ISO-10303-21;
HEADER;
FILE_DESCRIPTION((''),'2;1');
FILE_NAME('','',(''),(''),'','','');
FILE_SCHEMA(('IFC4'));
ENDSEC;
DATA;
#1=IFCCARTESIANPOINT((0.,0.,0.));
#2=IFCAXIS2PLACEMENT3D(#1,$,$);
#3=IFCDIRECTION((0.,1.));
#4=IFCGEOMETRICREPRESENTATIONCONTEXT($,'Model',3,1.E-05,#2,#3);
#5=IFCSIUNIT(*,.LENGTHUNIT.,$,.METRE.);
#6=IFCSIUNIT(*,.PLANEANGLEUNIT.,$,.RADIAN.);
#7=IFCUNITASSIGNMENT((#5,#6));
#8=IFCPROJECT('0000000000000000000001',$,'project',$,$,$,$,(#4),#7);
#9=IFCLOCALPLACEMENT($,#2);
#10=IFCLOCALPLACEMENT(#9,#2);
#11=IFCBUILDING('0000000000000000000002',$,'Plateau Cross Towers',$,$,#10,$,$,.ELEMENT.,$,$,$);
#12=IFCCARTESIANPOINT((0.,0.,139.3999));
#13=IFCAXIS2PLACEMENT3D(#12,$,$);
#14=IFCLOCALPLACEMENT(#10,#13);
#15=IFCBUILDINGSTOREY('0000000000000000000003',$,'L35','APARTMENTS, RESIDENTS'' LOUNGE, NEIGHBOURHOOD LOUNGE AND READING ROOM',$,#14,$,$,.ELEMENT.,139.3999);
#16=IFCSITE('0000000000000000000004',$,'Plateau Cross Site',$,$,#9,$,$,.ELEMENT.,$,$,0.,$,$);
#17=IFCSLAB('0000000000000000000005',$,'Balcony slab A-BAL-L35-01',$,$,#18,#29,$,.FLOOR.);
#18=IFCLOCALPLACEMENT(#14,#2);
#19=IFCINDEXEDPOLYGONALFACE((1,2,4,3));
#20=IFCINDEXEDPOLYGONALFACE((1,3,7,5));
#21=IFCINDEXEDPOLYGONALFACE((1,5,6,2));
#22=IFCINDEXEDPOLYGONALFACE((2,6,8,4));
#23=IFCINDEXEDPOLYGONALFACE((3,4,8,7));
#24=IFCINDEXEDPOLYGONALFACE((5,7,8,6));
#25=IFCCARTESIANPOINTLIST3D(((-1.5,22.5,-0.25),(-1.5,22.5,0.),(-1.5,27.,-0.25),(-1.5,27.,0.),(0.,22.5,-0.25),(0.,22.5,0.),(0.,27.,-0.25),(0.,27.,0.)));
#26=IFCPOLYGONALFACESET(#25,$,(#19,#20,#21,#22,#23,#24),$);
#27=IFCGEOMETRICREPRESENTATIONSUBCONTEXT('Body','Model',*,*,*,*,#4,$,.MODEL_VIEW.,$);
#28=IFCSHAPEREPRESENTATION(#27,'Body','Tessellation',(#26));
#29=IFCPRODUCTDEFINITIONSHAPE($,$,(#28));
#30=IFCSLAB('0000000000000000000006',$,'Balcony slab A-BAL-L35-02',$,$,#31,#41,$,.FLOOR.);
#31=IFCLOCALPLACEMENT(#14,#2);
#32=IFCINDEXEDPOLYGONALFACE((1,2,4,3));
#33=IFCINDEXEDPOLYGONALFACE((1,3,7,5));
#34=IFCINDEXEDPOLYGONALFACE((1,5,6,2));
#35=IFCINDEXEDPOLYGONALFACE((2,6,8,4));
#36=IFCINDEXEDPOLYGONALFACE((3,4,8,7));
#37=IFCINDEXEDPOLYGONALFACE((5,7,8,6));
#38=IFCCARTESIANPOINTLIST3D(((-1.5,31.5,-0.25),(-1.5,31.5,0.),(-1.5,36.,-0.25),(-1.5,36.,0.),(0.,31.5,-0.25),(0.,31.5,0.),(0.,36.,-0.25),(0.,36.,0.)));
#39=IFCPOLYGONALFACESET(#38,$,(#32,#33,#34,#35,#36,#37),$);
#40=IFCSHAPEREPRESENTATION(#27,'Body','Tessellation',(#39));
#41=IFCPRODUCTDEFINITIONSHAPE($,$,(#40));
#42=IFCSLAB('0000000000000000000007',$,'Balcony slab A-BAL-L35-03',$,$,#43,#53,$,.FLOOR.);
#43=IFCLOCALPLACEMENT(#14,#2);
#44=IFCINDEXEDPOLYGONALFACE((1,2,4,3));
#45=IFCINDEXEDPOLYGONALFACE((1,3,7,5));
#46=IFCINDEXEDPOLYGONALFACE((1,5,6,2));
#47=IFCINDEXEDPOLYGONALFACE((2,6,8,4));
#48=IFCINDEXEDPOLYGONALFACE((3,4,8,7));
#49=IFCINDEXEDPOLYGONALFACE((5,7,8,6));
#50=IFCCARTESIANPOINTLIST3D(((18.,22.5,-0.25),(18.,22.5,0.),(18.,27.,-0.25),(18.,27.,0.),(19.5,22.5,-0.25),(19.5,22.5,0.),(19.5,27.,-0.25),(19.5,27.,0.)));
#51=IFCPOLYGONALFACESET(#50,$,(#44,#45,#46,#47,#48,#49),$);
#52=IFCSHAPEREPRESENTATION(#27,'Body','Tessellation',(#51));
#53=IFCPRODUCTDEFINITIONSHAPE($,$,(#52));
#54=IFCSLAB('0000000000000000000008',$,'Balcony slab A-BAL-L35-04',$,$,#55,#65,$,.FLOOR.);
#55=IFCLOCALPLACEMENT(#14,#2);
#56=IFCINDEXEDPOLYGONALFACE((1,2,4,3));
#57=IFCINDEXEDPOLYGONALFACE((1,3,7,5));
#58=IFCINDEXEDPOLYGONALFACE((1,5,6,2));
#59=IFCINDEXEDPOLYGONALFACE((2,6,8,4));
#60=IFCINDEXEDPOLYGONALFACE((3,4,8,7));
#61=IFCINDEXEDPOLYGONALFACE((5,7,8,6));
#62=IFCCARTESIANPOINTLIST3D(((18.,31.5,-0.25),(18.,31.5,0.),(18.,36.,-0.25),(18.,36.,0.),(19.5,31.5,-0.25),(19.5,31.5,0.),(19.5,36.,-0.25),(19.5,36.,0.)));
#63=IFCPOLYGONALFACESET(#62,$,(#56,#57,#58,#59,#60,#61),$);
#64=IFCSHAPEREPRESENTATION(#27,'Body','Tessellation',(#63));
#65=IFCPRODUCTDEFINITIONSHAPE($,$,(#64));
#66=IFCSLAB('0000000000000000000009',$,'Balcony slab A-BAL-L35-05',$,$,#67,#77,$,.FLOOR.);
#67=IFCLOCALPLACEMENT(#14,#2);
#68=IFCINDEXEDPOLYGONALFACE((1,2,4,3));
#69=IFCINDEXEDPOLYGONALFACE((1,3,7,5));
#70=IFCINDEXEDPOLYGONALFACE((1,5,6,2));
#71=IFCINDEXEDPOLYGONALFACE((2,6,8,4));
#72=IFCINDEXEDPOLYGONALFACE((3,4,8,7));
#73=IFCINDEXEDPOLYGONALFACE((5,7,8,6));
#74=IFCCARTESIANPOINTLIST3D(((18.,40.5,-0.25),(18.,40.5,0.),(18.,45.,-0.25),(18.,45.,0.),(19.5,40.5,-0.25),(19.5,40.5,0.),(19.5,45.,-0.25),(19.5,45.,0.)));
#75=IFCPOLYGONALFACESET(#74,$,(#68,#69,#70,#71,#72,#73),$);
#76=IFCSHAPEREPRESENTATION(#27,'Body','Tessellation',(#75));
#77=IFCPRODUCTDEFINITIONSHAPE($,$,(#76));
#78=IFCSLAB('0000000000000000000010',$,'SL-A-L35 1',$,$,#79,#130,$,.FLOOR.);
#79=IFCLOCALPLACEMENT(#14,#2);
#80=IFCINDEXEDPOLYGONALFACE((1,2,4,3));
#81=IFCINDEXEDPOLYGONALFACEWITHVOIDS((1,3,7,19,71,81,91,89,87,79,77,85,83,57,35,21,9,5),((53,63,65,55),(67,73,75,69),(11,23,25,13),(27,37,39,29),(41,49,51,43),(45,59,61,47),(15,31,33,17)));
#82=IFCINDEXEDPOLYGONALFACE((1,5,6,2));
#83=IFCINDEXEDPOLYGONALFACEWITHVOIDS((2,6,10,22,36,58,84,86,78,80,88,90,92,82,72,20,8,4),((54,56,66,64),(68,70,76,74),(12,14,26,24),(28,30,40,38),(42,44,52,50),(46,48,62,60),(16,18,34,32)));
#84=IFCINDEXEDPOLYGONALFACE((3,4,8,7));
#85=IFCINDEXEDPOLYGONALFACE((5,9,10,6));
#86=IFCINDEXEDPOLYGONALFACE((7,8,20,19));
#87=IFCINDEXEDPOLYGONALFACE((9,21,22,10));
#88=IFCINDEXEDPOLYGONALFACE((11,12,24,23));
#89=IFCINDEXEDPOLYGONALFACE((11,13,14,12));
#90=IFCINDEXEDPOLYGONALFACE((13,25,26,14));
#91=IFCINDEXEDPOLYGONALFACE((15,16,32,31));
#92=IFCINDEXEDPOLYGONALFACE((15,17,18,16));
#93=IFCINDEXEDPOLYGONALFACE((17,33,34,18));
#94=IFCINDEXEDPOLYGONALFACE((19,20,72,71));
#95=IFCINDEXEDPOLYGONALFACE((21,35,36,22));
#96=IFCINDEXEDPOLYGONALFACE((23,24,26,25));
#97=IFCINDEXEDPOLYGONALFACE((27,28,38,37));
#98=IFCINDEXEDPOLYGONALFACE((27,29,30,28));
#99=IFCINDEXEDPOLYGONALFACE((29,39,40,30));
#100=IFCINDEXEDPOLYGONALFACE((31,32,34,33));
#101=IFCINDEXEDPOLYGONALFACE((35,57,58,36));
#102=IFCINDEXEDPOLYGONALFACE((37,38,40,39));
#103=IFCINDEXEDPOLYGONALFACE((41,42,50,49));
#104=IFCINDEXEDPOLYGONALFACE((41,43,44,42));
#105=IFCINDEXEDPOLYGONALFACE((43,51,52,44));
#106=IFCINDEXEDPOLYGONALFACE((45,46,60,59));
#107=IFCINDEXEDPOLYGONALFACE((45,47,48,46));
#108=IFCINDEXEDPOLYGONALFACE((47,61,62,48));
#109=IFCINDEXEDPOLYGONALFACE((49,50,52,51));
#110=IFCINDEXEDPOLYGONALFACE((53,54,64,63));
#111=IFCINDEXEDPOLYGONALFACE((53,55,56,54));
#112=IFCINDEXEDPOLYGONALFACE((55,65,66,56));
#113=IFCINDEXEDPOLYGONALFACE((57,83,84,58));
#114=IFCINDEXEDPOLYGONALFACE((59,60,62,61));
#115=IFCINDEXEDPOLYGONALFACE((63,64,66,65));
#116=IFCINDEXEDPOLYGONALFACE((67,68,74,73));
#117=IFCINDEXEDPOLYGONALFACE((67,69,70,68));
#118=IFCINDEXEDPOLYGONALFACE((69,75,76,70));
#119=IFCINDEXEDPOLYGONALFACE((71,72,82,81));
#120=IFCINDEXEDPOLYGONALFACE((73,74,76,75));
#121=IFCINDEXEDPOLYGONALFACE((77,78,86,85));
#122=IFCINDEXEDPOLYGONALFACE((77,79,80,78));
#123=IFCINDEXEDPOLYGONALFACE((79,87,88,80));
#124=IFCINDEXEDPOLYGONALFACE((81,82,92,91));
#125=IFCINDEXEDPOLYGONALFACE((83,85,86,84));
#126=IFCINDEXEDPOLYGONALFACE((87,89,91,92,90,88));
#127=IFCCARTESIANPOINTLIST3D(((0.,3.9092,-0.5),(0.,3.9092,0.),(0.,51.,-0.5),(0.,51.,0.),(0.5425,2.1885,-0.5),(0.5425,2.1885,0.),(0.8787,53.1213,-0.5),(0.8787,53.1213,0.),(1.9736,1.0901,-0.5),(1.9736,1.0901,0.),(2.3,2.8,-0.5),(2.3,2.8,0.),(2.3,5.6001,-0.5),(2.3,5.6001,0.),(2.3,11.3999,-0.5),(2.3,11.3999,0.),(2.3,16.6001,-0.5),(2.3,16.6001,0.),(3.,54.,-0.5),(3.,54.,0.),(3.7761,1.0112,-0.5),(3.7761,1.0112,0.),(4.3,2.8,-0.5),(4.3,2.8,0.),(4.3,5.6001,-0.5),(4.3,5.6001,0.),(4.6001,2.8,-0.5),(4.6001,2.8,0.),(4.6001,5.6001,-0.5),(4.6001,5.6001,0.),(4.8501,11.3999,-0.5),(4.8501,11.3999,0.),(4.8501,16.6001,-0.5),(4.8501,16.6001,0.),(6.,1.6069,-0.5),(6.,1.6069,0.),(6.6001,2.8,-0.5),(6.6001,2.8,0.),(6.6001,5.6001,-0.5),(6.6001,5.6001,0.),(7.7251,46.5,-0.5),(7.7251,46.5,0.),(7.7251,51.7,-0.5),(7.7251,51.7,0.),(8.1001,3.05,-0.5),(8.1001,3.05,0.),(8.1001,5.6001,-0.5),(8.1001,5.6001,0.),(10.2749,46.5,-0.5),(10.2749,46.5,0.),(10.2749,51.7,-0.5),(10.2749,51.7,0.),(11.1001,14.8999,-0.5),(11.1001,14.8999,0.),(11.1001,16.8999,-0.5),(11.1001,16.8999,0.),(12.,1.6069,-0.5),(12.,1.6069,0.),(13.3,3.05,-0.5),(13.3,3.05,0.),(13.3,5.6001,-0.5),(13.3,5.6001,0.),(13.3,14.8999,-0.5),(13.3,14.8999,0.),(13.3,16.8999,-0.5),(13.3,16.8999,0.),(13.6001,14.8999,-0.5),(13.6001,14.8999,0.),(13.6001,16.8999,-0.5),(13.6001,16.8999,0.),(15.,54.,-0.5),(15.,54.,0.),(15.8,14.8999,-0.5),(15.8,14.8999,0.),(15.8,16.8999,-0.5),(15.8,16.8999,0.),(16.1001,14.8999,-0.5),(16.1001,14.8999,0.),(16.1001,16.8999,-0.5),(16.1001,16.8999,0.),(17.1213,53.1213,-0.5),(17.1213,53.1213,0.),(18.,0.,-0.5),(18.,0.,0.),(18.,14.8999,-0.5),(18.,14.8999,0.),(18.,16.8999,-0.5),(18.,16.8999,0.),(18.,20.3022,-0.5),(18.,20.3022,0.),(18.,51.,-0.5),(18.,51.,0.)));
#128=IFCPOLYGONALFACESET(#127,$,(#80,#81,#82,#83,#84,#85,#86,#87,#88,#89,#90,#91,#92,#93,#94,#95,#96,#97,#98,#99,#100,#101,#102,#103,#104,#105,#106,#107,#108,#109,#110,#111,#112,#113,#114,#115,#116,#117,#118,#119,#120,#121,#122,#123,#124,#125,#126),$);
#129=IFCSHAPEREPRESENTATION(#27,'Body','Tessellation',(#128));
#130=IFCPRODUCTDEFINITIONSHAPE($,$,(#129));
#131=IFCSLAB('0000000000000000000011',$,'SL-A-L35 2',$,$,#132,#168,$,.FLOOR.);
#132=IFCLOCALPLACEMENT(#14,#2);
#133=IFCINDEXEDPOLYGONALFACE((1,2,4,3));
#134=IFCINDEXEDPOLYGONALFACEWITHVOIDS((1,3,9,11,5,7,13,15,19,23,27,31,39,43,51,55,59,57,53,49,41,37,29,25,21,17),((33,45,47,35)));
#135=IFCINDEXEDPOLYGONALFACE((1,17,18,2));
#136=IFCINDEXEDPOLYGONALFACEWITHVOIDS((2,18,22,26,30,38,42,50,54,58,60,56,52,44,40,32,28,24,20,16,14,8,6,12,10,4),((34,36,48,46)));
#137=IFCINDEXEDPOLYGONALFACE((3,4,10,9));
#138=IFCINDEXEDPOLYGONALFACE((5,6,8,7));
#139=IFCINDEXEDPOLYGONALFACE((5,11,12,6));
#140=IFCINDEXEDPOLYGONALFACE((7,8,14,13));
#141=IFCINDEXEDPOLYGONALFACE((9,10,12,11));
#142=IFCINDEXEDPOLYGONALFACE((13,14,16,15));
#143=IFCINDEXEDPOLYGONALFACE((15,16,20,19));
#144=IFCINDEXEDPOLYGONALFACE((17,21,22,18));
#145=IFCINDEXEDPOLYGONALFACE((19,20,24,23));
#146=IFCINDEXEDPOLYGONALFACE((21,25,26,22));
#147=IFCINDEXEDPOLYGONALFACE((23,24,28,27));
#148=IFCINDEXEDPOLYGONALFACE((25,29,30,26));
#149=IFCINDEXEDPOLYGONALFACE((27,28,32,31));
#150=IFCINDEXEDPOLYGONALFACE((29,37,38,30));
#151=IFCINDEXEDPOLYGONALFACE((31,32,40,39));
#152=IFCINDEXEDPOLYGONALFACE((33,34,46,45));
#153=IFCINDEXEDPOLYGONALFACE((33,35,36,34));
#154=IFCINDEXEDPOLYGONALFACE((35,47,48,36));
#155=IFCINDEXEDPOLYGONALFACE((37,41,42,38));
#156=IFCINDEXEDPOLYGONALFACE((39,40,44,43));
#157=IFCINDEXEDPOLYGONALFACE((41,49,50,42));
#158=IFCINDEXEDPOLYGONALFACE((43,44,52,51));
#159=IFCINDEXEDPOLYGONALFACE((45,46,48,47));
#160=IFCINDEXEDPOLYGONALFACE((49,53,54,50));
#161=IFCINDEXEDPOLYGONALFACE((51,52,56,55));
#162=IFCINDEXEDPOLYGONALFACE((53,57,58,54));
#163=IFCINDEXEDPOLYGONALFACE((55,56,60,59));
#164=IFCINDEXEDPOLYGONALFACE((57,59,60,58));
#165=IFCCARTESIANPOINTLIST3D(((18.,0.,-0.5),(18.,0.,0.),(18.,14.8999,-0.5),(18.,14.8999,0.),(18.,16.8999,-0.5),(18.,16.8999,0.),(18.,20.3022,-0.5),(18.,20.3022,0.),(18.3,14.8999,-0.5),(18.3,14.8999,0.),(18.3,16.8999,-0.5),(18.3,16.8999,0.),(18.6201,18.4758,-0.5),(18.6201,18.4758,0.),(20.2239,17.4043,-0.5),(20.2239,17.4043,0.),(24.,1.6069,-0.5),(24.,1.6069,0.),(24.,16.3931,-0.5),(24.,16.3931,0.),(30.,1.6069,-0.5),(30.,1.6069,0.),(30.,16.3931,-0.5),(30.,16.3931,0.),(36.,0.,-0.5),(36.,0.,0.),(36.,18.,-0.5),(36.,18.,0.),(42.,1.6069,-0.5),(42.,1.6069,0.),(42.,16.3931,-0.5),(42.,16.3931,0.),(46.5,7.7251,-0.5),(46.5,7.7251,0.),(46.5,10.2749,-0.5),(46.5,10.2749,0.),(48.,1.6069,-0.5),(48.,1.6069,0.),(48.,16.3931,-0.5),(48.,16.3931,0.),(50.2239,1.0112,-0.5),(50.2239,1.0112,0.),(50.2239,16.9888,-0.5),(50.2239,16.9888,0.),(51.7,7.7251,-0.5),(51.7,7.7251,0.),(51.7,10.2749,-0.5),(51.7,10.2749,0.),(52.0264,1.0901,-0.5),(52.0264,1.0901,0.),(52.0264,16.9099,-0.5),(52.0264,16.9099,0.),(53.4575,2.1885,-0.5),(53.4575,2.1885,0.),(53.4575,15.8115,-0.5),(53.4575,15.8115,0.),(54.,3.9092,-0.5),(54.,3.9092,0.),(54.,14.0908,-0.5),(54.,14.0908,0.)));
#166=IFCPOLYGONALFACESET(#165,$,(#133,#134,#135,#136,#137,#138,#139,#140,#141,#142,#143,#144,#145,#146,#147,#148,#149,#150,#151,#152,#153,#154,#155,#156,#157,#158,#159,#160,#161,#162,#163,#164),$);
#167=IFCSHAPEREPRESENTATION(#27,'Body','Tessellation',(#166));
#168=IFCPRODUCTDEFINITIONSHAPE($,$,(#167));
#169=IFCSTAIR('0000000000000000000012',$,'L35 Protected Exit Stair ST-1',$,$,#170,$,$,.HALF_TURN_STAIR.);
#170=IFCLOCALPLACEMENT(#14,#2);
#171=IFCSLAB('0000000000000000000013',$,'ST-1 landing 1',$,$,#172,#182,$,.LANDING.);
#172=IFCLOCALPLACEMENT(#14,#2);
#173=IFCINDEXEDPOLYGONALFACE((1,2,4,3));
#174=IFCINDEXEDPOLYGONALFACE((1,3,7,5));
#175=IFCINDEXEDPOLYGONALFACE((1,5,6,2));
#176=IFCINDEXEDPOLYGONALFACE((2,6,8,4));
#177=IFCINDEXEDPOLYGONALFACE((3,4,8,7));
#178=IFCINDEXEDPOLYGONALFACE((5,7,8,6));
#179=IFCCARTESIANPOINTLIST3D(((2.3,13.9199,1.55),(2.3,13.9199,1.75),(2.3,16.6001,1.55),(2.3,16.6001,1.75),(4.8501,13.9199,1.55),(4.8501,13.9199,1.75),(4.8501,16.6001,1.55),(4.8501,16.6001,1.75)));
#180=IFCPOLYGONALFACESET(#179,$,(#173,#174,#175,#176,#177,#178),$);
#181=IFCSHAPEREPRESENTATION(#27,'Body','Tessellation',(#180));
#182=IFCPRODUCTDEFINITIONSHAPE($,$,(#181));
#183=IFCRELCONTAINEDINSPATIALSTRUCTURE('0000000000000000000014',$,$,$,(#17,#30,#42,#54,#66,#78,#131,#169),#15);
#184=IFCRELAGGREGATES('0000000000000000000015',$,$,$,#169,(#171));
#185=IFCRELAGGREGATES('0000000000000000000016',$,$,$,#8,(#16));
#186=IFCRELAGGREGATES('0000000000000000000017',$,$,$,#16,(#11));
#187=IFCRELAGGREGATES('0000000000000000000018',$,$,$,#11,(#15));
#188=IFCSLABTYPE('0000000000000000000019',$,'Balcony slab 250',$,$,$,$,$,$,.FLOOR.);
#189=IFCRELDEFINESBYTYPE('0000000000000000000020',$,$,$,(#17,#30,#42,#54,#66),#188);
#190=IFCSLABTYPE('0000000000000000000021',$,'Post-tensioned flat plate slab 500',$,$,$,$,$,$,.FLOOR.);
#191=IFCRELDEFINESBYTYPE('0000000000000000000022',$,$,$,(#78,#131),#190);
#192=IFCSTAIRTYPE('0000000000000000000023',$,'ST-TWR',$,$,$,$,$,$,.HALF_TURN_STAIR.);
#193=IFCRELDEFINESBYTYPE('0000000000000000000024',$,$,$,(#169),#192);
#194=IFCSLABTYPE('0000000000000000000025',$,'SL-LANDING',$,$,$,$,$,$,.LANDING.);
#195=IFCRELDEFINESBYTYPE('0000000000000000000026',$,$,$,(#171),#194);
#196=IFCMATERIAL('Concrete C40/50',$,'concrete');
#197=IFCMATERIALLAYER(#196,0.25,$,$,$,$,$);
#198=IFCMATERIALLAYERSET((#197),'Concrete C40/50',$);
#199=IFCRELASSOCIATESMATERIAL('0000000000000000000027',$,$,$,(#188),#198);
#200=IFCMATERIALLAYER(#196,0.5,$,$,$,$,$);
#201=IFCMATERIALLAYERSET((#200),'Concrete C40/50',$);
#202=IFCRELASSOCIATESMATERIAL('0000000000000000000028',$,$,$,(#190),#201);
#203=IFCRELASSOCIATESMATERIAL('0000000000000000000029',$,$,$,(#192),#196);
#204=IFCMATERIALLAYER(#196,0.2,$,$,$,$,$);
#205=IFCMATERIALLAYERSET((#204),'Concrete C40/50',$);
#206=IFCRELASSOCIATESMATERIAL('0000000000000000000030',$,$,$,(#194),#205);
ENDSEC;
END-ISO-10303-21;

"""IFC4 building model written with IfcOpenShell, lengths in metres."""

from ifc_helpers import new_model, si_unit, direction, frame, origin, place, context, subcontext, project, spatial, polyline, outline, extrude, material, layer, layer_set, type_object, element, aggregate, save


model = new_model("IFC4")

# Units and contexts
model_context = context("Model", 3, precision=1e-05, world=origin(), true_north=direction((0.0, 1.0)))
body_context = subcontext(model_context, "Body", "Model", "MODEL_VIEW")
ifc_project = project(units=[si_unit("LENGTHUNIT", "METRE"), si_unit("PLANEANGLEUNIT", "RADIAN")], contexts=[model_context])

# Site, building, storey
site_placement = place(None, origin())
site = spatial("IfcSite", under=ifc_project, at=site_placement, Name="Plateau Cross Site", CompositionType="ELEMENT", RefElevation=0.0)
building_placement = place(site_placement, origin())
building = spatial("IfcBuilding", under=site, at=building_placement, Name="Plateau Cross Towers", CompositionType="ELEMENT")
storey_placement = place(building_placement, frame((0.0, 0.0, 139.3999)))
storey = spatial("IfcBuildingStorey", under=building, at=storey_placement, Name="L35", Description="APARTMENTS, RESIDENTS' LOUNGE, NEIGHBOURHOOD LOUNGE AND READING ROOM", CompositionType="ELEMENT", Elevation=139.3999)

# Slabs
ifc_material_1 = material(Name="Concrete C40/50", Category="concrete")
ifc_layer_1 = layer(ifc_material_1, 0.25)
ifc_layer_set_1 = layer_set([ifc_layer_1], Name="Concrete C40/50")
slab_type_1 = type_object("IfcSlabType", Name="Balcony slab 250", PredefinedType="FLOOR", material=ifc_layer_set_1)
slab_1_placement = place(storey_placement, frame((0.0, 0.0, -0.25)))
element("IfcSlab", 1, at=slab_1_placement, inside=storey, type_object=slab_type_1, Name="Balcony slab A-BAL-L35-01", PredefinedType="FLOOR", context=body_context, shape_type="SweptSolid", body=[
    extrude(outline(polyline([(0.0, 22.5), (0.0, 27.0), (-1.5, 27.0), (-1.5, 22.5), (0.0, 22.5)])), origin(), (0.0, 0.0, 1.0), 0.25),
])
slab_2_placement = place(storey_placement, frame((0.0, 0.0, -0.25)))
element("IfcSlab", 2, at=slab_2_placement, inside=storey, type_object=slab_type_1, Name="Balcony slab A-BAL-L35-02", PredefinedType="FLOOR", context=body_context, shape_type="SweptSolid", body=[
    extrude(outline(polyline([(0.0, 31.5), (0.0, 36.0), (-1.5, 36.0), (-1.5, 31.5), (0.0, 31.5)])), origin(), (0.0, 0.0, 1.0), 0.25),
])
slab_3_placement = place(storey_placement, frame((0.0, 0.0, -0.25)))
element("IfcSlab", 3, at=slab_3_placement, inside=storey, type_object=slab_type_1, Name="Balcony slab A-BAL-L35-03", PredefinedType="FLOOR", context=body_context, shape_type="SweptSolid", body=[
    extrude(outline(polyline([(19.5, 22.5), (19.5, 27.0), (18.0, 27.0), (18.0, 22.5), (19.5, 22.5)])), origin(), (0.0, 0.0, 1.0), 0.25),
])
slab_4_placement = place(storey_placement, frame((0.0, 0.0, -0.25)))
element("IfcSlab", 4, at=slab_4_placement, inside=storey, type_object=slab_type_1, Name="Balcony slab A-BAL-L35-04", PredefinedType="FLOOR", context=body_context, shape_type="SweptSolid", body=[
    extrude(outline(polyline([(19.5, 31.5), (19.5, 36.0), (18.0, 36.0), (18.0, 31.5), (19.5, 31.5)])), origin(), (0.0, 0.0, 1.0), 0.25),
])
slab_5_placement = place(storey_placement, frame((0.0, 0.0, -0.25)))
element("IfcSlab", 5, at=slab_5_placement, inside=storey, type_object=slab_type_1, Name="Balcony slab A-BAL-L35-05", PredefinedType="FLOOR", context=body_context, shape_type="SweptSolid", body=[
    extrude(outline(polyline([(19.5, 40.5), (19.5, 45.0), (18.0, 45.0), (18.0, 40.5), (19.5, 40.5)])), origin(), (0.0, 0.0, 1.0), 0.25),
])
ifc_layer_2 = layer(ifc_material_1, 0.5)
ifc_layer_set_2 = layer_set([ifc_layer_2], Name="Concrete C40/50")
slab_type_2 = type_object("IfcSlabType", Name="Post-tensioned flat plate slab 500", PredefinedType="FLOOR", material=ifc_layer_set_2)
slab_6_placement = place(storey_placement, frame((0.0, 0.0, -0.5)))
element("IfcSlab", 6, at=slab_6_placement, inside=storey, type_object=slab_type_2, Name="SL-A-L35 1", PredefinedType="FLOOR", context=body_context, shape_type="SweptSolid", body=[
    extrude(outline(polyline([(0.5425, 2.1885), (0.0, 3.9092), (0.0, 51.0), (0.8787, 53.1213), (3.0, 54.0), (15.0, 54.0), (17.1213, 53.1213), (18.0, 51.0), (18.0, 20.3022), (18.0, 16.8999), (16.1001, 16.8999), (16.1001, 14.8999), (18.0, 14.8999), (18.0, 0.0), (12.0, 1.6069), (6.0, 1.6069), (3.7761, 1.0112), (1.9736, 1.0901), (0.5425, 2.1885)]), holes=[polyline([(2.3, 5.6001), (2.3, 2.8), (4.3, 2.8), (4.3, 5.6001), (2.3, 5.6001)]), polyline([(4.6001, 5.6001), (4.6001, 2.8), (6.6001, 2.8), (6.6001, 5.6001), (4.6001, 5.6001)]), polyline([(8.1001, 5.6001), (8.1001, 3.05), (13.3, 3.05), (13.3, 5.6001), (8.1001, 5.6001)]), polyline([(2.3, 11.3999), (4.8501, 11.3999), (4.8501, 16.6001), (2.3, 16.6001), (2.3, 11.3999)]), polyline([(11.1001, 16.8999), (11.1001, 14.8999), (13.3, 14.8999), (13.3, 16.8999), (11.1001, 16.8999)]), polyline([(13.6001, 16.8999), (13.6001, 14.8999), (15.8, 14.8999), (15.8, 16.8999), (13.6001, 16.8999)]), polyline([(7.7251, 51.7), (7.7251, 46.5), (10.2749, 46.5), (10.2749, 51.7), (7.7251, 51.7)])]), origin(), (0.0, 0.0, 1.0), 0.5),
])
slab_7_placement = place(storey_placement, frame((0.0, 0.0, -0.5)))
element("IfcSlab", 7, at=slab_7_placement, inside=storey, type_object=slab_type_2, Name="SL-A-L35 2", PredefinedType="FLOOR", context=body_context, shape_type="SweptSolid", body=[
    extrude(outline(polyline([(18.6201, 18.4758), (20.2239, 17.4043), (24.0, 16.3931), (30.0, 16.3931), (36.0, 18.0), (42.0, 16.3931), (48.0, 16.3931), (50.2239, 16.9888), (52.0264, 16.9099), (53.4575, 15.8115), (54.0, 14.0908), (54.0, 3.9092), (53.4575, 2.1885), (52.0264, 1.0901), (50.2239, 1.0112), (48.0, 1.6069), (42.0, 1.6069), (36.0, 0.0), (30.0, 1.6069), (24.0, 1.6069), (18.0, 0.0), (18.0, 14.8999), (18.3, 14.8999), (18.3, 16.8999), (18.0, 16.8999), (18.0, 20.3022), (18.6201, 18.4758)]), holes=[polyline([(46.5, 10.2749), (46.5, 7.7251), (51.7, 7.7251), (51.7, 10.2749), (46.5, 10.2749)])]), origin(), (0.0, 0.0, 1.0), 0.5),
])

# Stair, slab
stair_type = type_object("IfcStairType", Name="ST-TWR", PredefinedType="HALF_TURN_STAIR", material=ifc_material_1)
stair_1_placement = place(storey_placement, origin())
stair_1 = element("IfcStair", 8, at=stair_1_placement, inside=storey, type_object=stair_type, Name="L35 Protected Exit Stair ST-1", PredefinedType="HALF_TURN_STAIR")
ifc_layer_3 = layer(ifc_material_1, 0.2)
ifc_layer_set_3 = layer_set([ifc_layer_3], Name="Concrete C40/50")
slab_type_3 = type_object("IfcSlabType", Name="SL-LANDING", PredefinedType="LANDING", material=ifc_layer_set_3)
slab_8_placement = place(storey_placement, frame((0.0, 0.0, 1.55)))
slab_8 = element("IfcSlab", 9, at=slab_8_placement, type_object=slab_type_3, Name="ST-1 landing 1", PredefinedType="LANDING", context=body_context, shape_type="SweptSolid", body=[
    extrude(outline(polyline([(4.8501, 13.9199), (4.8501, 16.6001), (2.3, 16.6001), (2.3, 13.9199), (4.8501, 13.9199)])), origin(), (0.0, 0.0, 1.0), 0.2),
])
aggregate(stair_1, [slab_8])

save(model, "model.ifc")
